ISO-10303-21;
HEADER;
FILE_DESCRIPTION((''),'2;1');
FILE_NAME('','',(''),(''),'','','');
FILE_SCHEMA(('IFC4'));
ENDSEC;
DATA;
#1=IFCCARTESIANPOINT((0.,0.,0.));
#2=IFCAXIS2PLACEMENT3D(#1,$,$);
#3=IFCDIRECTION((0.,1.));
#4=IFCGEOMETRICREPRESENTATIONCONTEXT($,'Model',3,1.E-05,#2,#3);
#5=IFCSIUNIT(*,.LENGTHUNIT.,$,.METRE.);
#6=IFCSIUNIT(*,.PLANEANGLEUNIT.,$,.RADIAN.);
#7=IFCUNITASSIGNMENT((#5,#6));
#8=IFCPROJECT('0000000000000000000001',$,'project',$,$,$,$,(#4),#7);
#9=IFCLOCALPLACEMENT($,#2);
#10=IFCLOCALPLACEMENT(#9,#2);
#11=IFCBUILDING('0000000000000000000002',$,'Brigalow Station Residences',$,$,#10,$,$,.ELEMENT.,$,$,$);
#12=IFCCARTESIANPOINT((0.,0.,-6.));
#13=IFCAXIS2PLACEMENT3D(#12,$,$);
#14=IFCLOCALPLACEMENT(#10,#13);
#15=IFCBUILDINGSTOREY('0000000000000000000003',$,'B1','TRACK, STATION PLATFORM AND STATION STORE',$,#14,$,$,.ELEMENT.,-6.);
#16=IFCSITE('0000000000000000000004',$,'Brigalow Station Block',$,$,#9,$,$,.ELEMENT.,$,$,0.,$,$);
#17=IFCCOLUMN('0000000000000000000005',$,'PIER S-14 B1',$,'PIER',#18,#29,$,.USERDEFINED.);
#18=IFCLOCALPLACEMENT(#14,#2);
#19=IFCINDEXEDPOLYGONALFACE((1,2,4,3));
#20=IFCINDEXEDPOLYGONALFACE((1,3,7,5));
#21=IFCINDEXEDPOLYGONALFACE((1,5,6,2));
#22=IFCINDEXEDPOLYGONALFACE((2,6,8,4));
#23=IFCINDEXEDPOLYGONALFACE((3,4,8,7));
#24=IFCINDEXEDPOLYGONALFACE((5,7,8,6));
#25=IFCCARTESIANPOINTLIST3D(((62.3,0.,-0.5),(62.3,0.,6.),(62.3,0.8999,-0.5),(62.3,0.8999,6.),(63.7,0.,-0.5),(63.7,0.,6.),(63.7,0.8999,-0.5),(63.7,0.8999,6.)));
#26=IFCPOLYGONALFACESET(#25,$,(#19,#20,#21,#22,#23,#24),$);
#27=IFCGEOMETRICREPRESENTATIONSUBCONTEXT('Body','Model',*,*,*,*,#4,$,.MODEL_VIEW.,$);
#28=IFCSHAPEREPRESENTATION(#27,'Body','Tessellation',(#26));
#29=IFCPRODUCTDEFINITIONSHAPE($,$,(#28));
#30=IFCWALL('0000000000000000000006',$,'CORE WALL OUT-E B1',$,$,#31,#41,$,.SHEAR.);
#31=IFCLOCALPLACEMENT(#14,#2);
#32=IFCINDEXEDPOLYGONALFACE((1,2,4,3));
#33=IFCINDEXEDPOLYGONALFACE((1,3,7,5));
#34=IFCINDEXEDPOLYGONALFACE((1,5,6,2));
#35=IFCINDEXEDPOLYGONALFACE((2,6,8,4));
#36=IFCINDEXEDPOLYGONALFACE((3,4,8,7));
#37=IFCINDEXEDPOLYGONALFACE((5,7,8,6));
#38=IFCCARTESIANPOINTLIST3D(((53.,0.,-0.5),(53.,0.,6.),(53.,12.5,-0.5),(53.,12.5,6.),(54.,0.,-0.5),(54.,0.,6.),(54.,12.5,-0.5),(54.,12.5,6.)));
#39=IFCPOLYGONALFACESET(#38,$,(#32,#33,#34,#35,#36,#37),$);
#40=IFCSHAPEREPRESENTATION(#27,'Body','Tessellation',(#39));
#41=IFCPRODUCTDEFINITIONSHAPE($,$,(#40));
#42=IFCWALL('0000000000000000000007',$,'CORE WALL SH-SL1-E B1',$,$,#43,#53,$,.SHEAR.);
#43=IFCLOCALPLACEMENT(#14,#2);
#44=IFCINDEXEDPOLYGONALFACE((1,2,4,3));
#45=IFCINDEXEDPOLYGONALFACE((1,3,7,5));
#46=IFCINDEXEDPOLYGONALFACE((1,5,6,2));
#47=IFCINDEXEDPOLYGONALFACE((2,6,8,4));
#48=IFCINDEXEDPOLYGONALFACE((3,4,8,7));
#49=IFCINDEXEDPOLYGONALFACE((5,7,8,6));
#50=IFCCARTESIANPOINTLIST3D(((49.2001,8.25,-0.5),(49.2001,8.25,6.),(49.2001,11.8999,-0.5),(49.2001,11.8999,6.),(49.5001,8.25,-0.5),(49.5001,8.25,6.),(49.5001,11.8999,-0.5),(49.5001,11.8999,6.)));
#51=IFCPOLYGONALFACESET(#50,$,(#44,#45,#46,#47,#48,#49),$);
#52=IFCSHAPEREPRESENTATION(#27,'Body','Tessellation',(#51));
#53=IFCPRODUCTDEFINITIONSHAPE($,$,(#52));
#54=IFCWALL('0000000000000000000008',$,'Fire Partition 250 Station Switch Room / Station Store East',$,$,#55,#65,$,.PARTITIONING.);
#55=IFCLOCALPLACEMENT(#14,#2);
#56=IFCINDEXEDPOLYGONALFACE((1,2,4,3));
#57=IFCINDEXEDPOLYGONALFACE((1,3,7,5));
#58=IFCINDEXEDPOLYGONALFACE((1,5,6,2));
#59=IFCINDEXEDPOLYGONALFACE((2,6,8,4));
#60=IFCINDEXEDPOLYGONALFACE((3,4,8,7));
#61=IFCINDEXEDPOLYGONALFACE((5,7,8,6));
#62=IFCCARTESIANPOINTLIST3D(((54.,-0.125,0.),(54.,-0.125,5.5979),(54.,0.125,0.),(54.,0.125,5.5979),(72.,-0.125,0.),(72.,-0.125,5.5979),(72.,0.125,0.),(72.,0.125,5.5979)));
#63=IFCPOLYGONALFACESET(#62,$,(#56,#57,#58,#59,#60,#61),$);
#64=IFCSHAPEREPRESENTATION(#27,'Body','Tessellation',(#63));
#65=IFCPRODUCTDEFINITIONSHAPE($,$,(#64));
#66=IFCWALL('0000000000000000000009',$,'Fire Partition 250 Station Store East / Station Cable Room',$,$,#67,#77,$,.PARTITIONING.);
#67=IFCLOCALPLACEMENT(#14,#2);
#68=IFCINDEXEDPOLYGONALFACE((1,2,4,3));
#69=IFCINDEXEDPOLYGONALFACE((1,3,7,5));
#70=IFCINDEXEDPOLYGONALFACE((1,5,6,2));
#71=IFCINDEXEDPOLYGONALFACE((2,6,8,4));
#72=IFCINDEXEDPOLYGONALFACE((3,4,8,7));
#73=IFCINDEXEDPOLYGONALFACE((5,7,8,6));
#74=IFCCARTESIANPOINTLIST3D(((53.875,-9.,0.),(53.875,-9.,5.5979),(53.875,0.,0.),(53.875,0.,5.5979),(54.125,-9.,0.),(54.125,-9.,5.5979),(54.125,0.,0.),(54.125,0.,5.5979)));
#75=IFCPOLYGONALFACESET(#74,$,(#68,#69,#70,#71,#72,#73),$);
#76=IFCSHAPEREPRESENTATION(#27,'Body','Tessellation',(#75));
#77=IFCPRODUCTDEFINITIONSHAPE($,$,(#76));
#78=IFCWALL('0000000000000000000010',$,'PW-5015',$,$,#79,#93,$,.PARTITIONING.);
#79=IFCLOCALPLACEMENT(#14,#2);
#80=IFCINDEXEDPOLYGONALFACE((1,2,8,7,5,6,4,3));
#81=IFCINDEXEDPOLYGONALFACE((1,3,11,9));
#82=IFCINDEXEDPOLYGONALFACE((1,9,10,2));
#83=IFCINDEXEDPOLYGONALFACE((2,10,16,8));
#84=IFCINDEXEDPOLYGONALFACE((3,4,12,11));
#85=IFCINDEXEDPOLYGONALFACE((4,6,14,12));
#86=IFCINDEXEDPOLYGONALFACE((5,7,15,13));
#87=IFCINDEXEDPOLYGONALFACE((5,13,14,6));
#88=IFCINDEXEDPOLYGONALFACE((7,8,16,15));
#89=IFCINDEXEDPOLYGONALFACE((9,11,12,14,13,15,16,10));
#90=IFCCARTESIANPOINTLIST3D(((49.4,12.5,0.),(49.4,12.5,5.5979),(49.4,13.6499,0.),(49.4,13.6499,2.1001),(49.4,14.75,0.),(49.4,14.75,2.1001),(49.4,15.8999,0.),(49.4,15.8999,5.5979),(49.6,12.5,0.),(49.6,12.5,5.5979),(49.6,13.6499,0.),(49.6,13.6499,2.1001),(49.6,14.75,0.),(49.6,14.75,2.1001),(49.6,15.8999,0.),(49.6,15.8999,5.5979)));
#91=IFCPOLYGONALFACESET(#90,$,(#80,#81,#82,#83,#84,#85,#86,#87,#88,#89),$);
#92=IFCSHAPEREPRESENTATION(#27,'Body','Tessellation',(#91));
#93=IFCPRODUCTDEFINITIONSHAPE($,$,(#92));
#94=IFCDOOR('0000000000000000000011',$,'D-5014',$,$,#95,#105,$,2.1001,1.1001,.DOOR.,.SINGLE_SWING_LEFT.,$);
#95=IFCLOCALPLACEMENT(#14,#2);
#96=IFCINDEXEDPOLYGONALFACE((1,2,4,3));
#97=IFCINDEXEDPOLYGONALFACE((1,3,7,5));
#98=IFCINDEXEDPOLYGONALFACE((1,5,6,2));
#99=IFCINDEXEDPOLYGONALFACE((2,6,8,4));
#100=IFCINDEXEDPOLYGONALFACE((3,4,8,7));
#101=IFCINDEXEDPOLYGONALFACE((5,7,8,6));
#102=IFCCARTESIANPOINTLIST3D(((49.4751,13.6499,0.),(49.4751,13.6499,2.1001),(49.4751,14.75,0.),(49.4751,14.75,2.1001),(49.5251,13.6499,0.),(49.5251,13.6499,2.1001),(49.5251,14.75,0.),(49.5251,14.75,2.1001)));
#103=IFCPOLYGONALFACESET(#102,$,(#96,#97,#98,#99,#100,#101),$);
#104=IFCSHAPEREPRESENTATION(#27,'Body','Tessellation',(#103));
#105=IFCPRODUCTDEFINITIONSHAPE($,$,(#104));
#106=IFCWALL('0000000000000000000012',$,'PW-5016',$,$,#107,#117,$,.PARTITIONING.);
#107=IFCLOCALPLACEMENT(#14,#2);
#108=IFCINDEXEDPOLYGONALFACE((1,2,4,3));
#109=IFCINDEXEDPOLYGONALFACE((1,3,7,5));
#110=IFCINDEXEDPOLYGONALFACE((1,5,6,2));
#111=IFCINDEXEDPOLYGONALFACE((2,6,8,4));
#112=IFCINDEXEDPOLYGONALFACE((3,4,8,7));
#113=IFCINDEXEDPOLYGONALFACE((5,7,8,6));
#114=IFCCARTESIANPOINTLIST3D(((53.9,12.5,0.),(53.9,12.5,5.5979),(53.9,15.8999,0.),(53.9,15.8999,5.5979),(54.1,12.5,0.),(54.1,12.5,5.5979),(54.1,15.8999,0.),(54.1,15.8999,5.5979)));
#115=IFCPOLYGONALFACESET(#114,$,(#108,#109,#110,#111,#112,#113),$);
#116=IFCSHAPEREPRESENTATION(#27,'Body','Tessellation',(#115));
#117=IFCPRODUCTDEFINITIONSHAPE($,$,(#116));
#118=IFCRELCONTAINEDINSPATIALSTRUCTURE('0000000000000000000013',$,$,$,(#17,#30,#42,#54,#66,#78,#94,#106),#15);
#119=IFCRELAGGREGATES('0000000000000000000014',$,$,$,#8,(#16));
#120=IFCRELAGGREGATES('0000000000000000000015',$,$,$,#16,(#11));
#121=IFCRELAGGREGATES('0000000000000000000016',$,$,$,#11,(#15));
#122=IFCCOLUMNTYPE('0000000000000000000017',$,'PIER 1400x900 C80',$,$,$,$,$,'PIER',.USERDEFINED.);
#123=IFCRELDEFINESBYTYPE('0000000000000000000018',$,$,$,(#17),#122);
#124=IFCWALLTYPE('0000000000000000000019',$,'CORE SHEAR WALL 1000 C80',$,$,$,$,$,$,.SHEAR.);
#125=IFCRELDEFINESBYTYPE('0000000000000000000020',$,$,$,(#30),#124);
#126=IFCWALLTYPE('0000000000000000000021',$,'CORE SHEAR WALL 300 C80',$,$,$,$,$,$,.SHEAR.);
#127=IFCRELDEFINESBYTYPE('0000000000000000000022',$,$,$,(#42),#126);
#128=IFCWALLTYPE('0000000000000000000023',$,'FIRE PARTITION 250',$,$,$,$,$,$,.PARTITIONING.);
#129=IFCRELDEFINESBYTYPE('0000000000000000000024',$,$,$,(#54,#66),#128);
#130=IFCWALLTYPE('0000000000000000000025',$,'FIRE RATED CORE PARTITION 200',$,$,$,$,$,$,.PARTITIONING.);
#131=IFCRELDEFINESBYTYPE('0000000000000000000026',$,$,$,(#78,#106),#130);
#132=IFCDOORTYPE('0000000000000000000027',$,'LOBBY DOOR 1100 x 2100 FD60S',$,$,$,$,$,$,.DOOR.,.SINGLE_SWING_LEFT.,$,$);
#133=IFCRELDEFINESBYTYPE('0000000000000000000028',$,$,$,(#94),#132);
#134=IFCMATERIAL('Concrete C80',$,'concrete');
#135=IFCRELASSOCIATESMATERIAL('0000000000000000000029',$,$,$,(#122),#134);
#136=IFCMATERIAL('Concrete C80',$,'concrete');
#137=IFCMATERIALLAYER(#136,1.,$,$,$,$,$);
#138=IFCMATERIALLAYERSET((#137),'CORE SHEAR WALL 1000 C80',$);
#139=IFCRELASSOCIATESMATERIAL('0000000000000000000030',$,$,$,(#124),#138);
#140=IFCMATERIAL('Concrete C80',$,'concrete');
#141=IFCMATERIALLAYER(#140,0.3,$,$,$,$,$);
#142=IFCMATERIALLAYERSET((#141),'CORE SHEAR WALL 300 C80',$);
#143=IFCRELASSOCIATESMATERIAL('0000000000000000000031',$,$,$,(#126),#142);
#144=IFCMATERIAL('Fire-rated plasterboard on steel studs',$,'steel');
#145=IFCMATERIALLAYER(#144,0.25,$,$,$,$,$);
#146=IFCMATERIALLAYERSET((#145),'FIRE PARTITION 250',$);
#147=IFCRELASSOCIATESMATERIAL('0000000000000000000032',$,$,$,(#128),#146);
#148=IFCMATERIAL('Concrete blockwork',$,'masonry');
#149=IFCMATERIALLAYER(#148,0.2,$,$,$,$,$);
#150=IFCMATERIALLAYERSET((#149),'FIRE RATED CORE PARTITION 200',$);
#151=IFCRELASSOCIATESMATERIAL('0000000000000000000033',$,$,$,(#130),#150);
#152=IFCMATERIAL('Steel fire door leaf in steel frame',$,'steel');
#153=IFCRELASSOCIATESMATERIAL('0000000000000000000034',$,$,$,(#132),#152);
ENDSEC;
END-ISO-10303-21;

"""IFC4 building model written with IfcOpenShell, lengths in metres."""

from ifc_helpers import new_model, si_unit, direction, frame, frame_2d, origin, origin_2d, place, context, subcontext, project, spatial, rectangle, extrude, material, layer, layer_set, material_profile, profile_set, type_object, element, fill, save


model = new_model("IFC4")

# Units and contexts
model_context = context("Model", 3, precision=1e-05, world=origin(), true_north=direction((0.0, 1.0)))
body_context = subcontext(model_context, "Body", "Model", "MODEL_VIEW")
ifc_project = project(units=[si_unit("LENGTHUNIT", "METRE"), si_unit("PLANEANGLEUNIT", "RADIAN")], contexts=[model_context])

# Site, building, storey
site_placement = place(None, origin())
site = spatial("IfcSite", under=ifc_project, at=site_placement, Name="Brigalow Station Block", CompositionType="ELEMENT", RefElevation=0.0)
building_placement = place(site_placement, origin())
building = spatial("IfcBuilding", under=site, at=building_placement, Name="Brigalow Station Residences", CompositionType="ELEMENT")
storey_placement = place(building_placement, frame((0.0, 0.0, -6.0)))
storey = spatial("IfcBuildingStorey", under=building, at=storey_placement, Name="B1", Description="TRACK, STATION PLATFORM AND STATION STORE", CompositionType="ELEMENT", Elevation=-6.0)

# Column
ifc_material_1 = material(Name="Concrete C80", Category="concrete")
ifc_material_profile_1 = material_profile(ifc_material_1, rectangle(XDim=1.3999, YDim=0.8999, at=origin_2d()), Name="RC1400x900")
ifc_profile_set_1 = profile_set([ifc_material_profile_1], Name="Concrete C80")
column_type_1 = type_object("IfcColumnType", Name="PIER 1400x900 C80", ElementType="PIER", PredefinedType="USERDEFINED", material=ifc_profile_set_1)
column_1_placement = place(storey_placement, frame((63.0, 0.45, -0.5), z_axis=(0.0, 0.0, 1.0), x_axis=(1.0, 0.0, 0.0)))
element("IfcColumn", 1, at=column_1_placement, inside=storey, type_object=column_type_1, Name="PIER S-14 B1", ObjectType="PIER", PredefinedType="USERDEFINED", context=body_context, shape_type="SweptSolid", body=[
    extrude(rectangle(XDim=1.3999, YDim=0.8999, at=origin_2d()), origin(), (0.0, 0.0, 1.0), 6.5),
])

# Walls
ifc_material_2 = material(Name="Concrete C80", Category="concrete")
ifc_layer_1 = layer(ifc_material_2, 1.0)
ifc_layer_set_1 = layer_set([ifc_layer_1], Name="CORE SHEAR WALL 1000 C80")
wall_type_1 = type_object("IfcWallType", Name="CORE SHEAR WALL 1000 C80", PredefinedType="SHEAR", material=ifc_layer_set_1)
wall_1_placement = place(storey_placement, frame((53.5, 0.0, -0.5), z_axis=(0.0, 0.0, 1.0), x_axis=(0.0, 1.0, 0.0)))
element("IfcWall", 2, at=wall_1_placement, inside=storey, type_object=wall_type_1, Name="CORE WALL OUT-E B1", PredefinedType="SHEAR", context=body_context, shape_type="SweptSolid", body=[
    extrude(rectangle(XDim=12.5, YDim=1.0, at=frame_2d((6.25, 0.0))), origin(), (0.0, 0.0, 1.0), 6.5),
])
ifc_material_3 = material(Name="Concrete C80", Category="concrete")
ifc_layer_2 = layer(ifc_material_3, 0.3)
ifc_layer_set_2 = layer_set([ifc_layer_2], Name="CORE SHEAR WALL 300 C80")
wall_type_2 = type_object("IfcWallType", Name="CORE SHEAR WALL 300 C80", PredefinedType="SHEAR", material=ifc_layer_set_2)
wall_2_placement = place(storey_placement, frame((49.3501, 8.25, -0.5), z_axis=(0.0, 0.0, 1.0), x_axis=(0.0, 1.0, 0.0)))
element("IfcWall", 3, at=wall_2_placement, inside=storey, type_object=wall_type_2, Name="CORE WALL SH-SL1-E B1", PredefinedType="SHEAR", context=body_context, shape_type="SweptSolid", body=[
    extrude(rectangle(XDim=3.6499, YDim=0.3, at=frame_2d((1.825, 0.0))), origin(), (0.0, 0.0, 1.0), 6.5),
])
ifc_material_4 = material(Name="Fire-rated plasterboard on steel studs", Category="steel")
ifc_layer_3 = layer(ifc_material_4, 0.25)
ifc_layer_set_3 = layer_set([ifc_layer_3], Name="FIRE PARTITION 250")
wall_type_3 = type_object("IfcWallType", Name="FIRE PARTITION 250", PredefinedType="PARTITIONING", material=ifc_layer_set_3)
wall_3_placement = place(storey_placement, frame((54.0, 0.0, 0.0), z_axis=(0.0, 0.0, 1.0), x_axis=(1.0, 0.0, 0.0)))
element("IfcWall", 4, at=wall_3_placement, inside=storey, type_object=wall_type_3, Name="Fire Partition 250 Station Switch Room / Station Store East", PredefinedType="PARTITIONING", context=body_context, shape_type="SweptSolid", body=[
    extrude(rectangle(XDim=18.0, YDim=0.25, at=frame_2d((9.0, 0.0))), origin(), (0.0, 0.0, 1.0), 5.5979),
])
wall_4_placement = place(storey_placement, frame((54.0, -9.0, 0.0), z_axis=(0.0, 0.0, 1.0), x_axis=(0.0, 1.0, 0.0)))
element("IfcWall", 5, at=wall_4_placement, inside=storey, type_object=wall_type_3, Name="Fire Partition 250 Station Store East / Station Cable Room", PredefinedType="PARTITIONING", context=body_context, shape_type="SweptSolid", body=[
    extrude(rectangle(XDim=9.0, YDim=0.25, at=frame_2d((4.5, 0.0))), origin(), (0.0, 0.0, 1.0), 5.5979),
])

# Wall, opening, door
ifc_material_5 = material(Name="Concrete blockwork", Category="masonry")
ifc_layer_4 = layer(ifc_material_5, 0.2)
ifc_layer_set_4 = layer_set([ifc_layer_4], Name="FIRE RATED CORE PARTITION 200")
wall_type_4 = type_object("IfcWallType", Name="FIRE RATED CORE PARTITION 200", PredefinedType="PARTITIONING", material=ifc_layer_set_4)
wall_5_placement = place(storey_placement, frame((49.5, 12.5, 0.0), z_axis=(0.0, 0.0, 1.0), x_axis=(0.0, 1.0, 0.0)))
wall_5 = element("IfcWall", 6, at=wall_5_placement, inside=storey, type_object=wall_type_4, Name="PW-5015", PredefinedType="PARTITIONING", context=body_context, shape_type="SweptSolid", body=[
    extrude(rectangle(XDim=3.3999, YDim=0.2, at=frame_2d((1.7, 0.0))), origin(), (0.0, 0.0, 1.0), 5.5979),
])
opening_placement = place(wall_5_placement, frame((1.1499, 0.0, 0.0)))
opening = element("IfcOpeningElement", 7, at=opening_placement, cuts=wall_5, PredefinedType="OPENING", context=body_context, shape_type="SweptSolid", body=[
    extrude(rectangle(XDim=1.1001, YDim=2.1001, at=frame_2d((0.55, 1.05))), frame((0.0, 0.1099, 0.0), z_axis=(0.0, -1.0, 0.0), x_axis=(1.0, 0.0, 0.0)), (0.0, 0.0, 1.0), 0.22),
])
ifc_material_6 = material(Name="Steel fire door leaf in steel frame", Category="steel")
door_type = type_object("IfcDoorType", Name="LOBBY DOOR 1100 x 2100 FD60S", OperationType="SINGLE_SWING_LEFT", PredefinedType="DOOR", material=ifc_material_6)
door_placement = place(opening_placement, origin())
door = element("IfcDoor", 8, at=door_placement, inside=storey, type_object=door_type, Name="D-5014", OperationType="SINGLE_SWING_LEFT", OverallHeight=2.1001, OverallWidth=1.1001, PredefinedType="DOOR", context=body_context, shape_type="SweptSolid", body=[
    extrude(rectangle(XDim=1.1001, YDim=2.1001, at=frame_2d((0.55, 1.05))), frame((0.0, 0.0249, 0.0), z_axis=(0.0, -1.0, 0.0), x_axis=(1.0, 0.0, 0.0)), (0.0, 0.0, 1.0), 0.05),
])
fill(opening, door)

# Wall
wall_6_placement = place(storey_placement, frame((54.0, 12.5, 0.0), z_axis=(0.0, 0.0, 1.0), x_axis=(0.0, 1.0, 0.0)))
element("IfcWall", 9, at=wall_6_placement, inside=storey, type_object=wall_type_4, Name="PW-5016", PredefinedType="PARTITIONING", context=body_context, shape_type="SweptSolid", body=[
    extrude(rectangle(XDim=3.3999, YDim=0.2, at=frame_2d((1.7, 0.0))), origin(), (0.0, 0.0, 1.0), 5.5979),
])

save(model, "model.ifc")
